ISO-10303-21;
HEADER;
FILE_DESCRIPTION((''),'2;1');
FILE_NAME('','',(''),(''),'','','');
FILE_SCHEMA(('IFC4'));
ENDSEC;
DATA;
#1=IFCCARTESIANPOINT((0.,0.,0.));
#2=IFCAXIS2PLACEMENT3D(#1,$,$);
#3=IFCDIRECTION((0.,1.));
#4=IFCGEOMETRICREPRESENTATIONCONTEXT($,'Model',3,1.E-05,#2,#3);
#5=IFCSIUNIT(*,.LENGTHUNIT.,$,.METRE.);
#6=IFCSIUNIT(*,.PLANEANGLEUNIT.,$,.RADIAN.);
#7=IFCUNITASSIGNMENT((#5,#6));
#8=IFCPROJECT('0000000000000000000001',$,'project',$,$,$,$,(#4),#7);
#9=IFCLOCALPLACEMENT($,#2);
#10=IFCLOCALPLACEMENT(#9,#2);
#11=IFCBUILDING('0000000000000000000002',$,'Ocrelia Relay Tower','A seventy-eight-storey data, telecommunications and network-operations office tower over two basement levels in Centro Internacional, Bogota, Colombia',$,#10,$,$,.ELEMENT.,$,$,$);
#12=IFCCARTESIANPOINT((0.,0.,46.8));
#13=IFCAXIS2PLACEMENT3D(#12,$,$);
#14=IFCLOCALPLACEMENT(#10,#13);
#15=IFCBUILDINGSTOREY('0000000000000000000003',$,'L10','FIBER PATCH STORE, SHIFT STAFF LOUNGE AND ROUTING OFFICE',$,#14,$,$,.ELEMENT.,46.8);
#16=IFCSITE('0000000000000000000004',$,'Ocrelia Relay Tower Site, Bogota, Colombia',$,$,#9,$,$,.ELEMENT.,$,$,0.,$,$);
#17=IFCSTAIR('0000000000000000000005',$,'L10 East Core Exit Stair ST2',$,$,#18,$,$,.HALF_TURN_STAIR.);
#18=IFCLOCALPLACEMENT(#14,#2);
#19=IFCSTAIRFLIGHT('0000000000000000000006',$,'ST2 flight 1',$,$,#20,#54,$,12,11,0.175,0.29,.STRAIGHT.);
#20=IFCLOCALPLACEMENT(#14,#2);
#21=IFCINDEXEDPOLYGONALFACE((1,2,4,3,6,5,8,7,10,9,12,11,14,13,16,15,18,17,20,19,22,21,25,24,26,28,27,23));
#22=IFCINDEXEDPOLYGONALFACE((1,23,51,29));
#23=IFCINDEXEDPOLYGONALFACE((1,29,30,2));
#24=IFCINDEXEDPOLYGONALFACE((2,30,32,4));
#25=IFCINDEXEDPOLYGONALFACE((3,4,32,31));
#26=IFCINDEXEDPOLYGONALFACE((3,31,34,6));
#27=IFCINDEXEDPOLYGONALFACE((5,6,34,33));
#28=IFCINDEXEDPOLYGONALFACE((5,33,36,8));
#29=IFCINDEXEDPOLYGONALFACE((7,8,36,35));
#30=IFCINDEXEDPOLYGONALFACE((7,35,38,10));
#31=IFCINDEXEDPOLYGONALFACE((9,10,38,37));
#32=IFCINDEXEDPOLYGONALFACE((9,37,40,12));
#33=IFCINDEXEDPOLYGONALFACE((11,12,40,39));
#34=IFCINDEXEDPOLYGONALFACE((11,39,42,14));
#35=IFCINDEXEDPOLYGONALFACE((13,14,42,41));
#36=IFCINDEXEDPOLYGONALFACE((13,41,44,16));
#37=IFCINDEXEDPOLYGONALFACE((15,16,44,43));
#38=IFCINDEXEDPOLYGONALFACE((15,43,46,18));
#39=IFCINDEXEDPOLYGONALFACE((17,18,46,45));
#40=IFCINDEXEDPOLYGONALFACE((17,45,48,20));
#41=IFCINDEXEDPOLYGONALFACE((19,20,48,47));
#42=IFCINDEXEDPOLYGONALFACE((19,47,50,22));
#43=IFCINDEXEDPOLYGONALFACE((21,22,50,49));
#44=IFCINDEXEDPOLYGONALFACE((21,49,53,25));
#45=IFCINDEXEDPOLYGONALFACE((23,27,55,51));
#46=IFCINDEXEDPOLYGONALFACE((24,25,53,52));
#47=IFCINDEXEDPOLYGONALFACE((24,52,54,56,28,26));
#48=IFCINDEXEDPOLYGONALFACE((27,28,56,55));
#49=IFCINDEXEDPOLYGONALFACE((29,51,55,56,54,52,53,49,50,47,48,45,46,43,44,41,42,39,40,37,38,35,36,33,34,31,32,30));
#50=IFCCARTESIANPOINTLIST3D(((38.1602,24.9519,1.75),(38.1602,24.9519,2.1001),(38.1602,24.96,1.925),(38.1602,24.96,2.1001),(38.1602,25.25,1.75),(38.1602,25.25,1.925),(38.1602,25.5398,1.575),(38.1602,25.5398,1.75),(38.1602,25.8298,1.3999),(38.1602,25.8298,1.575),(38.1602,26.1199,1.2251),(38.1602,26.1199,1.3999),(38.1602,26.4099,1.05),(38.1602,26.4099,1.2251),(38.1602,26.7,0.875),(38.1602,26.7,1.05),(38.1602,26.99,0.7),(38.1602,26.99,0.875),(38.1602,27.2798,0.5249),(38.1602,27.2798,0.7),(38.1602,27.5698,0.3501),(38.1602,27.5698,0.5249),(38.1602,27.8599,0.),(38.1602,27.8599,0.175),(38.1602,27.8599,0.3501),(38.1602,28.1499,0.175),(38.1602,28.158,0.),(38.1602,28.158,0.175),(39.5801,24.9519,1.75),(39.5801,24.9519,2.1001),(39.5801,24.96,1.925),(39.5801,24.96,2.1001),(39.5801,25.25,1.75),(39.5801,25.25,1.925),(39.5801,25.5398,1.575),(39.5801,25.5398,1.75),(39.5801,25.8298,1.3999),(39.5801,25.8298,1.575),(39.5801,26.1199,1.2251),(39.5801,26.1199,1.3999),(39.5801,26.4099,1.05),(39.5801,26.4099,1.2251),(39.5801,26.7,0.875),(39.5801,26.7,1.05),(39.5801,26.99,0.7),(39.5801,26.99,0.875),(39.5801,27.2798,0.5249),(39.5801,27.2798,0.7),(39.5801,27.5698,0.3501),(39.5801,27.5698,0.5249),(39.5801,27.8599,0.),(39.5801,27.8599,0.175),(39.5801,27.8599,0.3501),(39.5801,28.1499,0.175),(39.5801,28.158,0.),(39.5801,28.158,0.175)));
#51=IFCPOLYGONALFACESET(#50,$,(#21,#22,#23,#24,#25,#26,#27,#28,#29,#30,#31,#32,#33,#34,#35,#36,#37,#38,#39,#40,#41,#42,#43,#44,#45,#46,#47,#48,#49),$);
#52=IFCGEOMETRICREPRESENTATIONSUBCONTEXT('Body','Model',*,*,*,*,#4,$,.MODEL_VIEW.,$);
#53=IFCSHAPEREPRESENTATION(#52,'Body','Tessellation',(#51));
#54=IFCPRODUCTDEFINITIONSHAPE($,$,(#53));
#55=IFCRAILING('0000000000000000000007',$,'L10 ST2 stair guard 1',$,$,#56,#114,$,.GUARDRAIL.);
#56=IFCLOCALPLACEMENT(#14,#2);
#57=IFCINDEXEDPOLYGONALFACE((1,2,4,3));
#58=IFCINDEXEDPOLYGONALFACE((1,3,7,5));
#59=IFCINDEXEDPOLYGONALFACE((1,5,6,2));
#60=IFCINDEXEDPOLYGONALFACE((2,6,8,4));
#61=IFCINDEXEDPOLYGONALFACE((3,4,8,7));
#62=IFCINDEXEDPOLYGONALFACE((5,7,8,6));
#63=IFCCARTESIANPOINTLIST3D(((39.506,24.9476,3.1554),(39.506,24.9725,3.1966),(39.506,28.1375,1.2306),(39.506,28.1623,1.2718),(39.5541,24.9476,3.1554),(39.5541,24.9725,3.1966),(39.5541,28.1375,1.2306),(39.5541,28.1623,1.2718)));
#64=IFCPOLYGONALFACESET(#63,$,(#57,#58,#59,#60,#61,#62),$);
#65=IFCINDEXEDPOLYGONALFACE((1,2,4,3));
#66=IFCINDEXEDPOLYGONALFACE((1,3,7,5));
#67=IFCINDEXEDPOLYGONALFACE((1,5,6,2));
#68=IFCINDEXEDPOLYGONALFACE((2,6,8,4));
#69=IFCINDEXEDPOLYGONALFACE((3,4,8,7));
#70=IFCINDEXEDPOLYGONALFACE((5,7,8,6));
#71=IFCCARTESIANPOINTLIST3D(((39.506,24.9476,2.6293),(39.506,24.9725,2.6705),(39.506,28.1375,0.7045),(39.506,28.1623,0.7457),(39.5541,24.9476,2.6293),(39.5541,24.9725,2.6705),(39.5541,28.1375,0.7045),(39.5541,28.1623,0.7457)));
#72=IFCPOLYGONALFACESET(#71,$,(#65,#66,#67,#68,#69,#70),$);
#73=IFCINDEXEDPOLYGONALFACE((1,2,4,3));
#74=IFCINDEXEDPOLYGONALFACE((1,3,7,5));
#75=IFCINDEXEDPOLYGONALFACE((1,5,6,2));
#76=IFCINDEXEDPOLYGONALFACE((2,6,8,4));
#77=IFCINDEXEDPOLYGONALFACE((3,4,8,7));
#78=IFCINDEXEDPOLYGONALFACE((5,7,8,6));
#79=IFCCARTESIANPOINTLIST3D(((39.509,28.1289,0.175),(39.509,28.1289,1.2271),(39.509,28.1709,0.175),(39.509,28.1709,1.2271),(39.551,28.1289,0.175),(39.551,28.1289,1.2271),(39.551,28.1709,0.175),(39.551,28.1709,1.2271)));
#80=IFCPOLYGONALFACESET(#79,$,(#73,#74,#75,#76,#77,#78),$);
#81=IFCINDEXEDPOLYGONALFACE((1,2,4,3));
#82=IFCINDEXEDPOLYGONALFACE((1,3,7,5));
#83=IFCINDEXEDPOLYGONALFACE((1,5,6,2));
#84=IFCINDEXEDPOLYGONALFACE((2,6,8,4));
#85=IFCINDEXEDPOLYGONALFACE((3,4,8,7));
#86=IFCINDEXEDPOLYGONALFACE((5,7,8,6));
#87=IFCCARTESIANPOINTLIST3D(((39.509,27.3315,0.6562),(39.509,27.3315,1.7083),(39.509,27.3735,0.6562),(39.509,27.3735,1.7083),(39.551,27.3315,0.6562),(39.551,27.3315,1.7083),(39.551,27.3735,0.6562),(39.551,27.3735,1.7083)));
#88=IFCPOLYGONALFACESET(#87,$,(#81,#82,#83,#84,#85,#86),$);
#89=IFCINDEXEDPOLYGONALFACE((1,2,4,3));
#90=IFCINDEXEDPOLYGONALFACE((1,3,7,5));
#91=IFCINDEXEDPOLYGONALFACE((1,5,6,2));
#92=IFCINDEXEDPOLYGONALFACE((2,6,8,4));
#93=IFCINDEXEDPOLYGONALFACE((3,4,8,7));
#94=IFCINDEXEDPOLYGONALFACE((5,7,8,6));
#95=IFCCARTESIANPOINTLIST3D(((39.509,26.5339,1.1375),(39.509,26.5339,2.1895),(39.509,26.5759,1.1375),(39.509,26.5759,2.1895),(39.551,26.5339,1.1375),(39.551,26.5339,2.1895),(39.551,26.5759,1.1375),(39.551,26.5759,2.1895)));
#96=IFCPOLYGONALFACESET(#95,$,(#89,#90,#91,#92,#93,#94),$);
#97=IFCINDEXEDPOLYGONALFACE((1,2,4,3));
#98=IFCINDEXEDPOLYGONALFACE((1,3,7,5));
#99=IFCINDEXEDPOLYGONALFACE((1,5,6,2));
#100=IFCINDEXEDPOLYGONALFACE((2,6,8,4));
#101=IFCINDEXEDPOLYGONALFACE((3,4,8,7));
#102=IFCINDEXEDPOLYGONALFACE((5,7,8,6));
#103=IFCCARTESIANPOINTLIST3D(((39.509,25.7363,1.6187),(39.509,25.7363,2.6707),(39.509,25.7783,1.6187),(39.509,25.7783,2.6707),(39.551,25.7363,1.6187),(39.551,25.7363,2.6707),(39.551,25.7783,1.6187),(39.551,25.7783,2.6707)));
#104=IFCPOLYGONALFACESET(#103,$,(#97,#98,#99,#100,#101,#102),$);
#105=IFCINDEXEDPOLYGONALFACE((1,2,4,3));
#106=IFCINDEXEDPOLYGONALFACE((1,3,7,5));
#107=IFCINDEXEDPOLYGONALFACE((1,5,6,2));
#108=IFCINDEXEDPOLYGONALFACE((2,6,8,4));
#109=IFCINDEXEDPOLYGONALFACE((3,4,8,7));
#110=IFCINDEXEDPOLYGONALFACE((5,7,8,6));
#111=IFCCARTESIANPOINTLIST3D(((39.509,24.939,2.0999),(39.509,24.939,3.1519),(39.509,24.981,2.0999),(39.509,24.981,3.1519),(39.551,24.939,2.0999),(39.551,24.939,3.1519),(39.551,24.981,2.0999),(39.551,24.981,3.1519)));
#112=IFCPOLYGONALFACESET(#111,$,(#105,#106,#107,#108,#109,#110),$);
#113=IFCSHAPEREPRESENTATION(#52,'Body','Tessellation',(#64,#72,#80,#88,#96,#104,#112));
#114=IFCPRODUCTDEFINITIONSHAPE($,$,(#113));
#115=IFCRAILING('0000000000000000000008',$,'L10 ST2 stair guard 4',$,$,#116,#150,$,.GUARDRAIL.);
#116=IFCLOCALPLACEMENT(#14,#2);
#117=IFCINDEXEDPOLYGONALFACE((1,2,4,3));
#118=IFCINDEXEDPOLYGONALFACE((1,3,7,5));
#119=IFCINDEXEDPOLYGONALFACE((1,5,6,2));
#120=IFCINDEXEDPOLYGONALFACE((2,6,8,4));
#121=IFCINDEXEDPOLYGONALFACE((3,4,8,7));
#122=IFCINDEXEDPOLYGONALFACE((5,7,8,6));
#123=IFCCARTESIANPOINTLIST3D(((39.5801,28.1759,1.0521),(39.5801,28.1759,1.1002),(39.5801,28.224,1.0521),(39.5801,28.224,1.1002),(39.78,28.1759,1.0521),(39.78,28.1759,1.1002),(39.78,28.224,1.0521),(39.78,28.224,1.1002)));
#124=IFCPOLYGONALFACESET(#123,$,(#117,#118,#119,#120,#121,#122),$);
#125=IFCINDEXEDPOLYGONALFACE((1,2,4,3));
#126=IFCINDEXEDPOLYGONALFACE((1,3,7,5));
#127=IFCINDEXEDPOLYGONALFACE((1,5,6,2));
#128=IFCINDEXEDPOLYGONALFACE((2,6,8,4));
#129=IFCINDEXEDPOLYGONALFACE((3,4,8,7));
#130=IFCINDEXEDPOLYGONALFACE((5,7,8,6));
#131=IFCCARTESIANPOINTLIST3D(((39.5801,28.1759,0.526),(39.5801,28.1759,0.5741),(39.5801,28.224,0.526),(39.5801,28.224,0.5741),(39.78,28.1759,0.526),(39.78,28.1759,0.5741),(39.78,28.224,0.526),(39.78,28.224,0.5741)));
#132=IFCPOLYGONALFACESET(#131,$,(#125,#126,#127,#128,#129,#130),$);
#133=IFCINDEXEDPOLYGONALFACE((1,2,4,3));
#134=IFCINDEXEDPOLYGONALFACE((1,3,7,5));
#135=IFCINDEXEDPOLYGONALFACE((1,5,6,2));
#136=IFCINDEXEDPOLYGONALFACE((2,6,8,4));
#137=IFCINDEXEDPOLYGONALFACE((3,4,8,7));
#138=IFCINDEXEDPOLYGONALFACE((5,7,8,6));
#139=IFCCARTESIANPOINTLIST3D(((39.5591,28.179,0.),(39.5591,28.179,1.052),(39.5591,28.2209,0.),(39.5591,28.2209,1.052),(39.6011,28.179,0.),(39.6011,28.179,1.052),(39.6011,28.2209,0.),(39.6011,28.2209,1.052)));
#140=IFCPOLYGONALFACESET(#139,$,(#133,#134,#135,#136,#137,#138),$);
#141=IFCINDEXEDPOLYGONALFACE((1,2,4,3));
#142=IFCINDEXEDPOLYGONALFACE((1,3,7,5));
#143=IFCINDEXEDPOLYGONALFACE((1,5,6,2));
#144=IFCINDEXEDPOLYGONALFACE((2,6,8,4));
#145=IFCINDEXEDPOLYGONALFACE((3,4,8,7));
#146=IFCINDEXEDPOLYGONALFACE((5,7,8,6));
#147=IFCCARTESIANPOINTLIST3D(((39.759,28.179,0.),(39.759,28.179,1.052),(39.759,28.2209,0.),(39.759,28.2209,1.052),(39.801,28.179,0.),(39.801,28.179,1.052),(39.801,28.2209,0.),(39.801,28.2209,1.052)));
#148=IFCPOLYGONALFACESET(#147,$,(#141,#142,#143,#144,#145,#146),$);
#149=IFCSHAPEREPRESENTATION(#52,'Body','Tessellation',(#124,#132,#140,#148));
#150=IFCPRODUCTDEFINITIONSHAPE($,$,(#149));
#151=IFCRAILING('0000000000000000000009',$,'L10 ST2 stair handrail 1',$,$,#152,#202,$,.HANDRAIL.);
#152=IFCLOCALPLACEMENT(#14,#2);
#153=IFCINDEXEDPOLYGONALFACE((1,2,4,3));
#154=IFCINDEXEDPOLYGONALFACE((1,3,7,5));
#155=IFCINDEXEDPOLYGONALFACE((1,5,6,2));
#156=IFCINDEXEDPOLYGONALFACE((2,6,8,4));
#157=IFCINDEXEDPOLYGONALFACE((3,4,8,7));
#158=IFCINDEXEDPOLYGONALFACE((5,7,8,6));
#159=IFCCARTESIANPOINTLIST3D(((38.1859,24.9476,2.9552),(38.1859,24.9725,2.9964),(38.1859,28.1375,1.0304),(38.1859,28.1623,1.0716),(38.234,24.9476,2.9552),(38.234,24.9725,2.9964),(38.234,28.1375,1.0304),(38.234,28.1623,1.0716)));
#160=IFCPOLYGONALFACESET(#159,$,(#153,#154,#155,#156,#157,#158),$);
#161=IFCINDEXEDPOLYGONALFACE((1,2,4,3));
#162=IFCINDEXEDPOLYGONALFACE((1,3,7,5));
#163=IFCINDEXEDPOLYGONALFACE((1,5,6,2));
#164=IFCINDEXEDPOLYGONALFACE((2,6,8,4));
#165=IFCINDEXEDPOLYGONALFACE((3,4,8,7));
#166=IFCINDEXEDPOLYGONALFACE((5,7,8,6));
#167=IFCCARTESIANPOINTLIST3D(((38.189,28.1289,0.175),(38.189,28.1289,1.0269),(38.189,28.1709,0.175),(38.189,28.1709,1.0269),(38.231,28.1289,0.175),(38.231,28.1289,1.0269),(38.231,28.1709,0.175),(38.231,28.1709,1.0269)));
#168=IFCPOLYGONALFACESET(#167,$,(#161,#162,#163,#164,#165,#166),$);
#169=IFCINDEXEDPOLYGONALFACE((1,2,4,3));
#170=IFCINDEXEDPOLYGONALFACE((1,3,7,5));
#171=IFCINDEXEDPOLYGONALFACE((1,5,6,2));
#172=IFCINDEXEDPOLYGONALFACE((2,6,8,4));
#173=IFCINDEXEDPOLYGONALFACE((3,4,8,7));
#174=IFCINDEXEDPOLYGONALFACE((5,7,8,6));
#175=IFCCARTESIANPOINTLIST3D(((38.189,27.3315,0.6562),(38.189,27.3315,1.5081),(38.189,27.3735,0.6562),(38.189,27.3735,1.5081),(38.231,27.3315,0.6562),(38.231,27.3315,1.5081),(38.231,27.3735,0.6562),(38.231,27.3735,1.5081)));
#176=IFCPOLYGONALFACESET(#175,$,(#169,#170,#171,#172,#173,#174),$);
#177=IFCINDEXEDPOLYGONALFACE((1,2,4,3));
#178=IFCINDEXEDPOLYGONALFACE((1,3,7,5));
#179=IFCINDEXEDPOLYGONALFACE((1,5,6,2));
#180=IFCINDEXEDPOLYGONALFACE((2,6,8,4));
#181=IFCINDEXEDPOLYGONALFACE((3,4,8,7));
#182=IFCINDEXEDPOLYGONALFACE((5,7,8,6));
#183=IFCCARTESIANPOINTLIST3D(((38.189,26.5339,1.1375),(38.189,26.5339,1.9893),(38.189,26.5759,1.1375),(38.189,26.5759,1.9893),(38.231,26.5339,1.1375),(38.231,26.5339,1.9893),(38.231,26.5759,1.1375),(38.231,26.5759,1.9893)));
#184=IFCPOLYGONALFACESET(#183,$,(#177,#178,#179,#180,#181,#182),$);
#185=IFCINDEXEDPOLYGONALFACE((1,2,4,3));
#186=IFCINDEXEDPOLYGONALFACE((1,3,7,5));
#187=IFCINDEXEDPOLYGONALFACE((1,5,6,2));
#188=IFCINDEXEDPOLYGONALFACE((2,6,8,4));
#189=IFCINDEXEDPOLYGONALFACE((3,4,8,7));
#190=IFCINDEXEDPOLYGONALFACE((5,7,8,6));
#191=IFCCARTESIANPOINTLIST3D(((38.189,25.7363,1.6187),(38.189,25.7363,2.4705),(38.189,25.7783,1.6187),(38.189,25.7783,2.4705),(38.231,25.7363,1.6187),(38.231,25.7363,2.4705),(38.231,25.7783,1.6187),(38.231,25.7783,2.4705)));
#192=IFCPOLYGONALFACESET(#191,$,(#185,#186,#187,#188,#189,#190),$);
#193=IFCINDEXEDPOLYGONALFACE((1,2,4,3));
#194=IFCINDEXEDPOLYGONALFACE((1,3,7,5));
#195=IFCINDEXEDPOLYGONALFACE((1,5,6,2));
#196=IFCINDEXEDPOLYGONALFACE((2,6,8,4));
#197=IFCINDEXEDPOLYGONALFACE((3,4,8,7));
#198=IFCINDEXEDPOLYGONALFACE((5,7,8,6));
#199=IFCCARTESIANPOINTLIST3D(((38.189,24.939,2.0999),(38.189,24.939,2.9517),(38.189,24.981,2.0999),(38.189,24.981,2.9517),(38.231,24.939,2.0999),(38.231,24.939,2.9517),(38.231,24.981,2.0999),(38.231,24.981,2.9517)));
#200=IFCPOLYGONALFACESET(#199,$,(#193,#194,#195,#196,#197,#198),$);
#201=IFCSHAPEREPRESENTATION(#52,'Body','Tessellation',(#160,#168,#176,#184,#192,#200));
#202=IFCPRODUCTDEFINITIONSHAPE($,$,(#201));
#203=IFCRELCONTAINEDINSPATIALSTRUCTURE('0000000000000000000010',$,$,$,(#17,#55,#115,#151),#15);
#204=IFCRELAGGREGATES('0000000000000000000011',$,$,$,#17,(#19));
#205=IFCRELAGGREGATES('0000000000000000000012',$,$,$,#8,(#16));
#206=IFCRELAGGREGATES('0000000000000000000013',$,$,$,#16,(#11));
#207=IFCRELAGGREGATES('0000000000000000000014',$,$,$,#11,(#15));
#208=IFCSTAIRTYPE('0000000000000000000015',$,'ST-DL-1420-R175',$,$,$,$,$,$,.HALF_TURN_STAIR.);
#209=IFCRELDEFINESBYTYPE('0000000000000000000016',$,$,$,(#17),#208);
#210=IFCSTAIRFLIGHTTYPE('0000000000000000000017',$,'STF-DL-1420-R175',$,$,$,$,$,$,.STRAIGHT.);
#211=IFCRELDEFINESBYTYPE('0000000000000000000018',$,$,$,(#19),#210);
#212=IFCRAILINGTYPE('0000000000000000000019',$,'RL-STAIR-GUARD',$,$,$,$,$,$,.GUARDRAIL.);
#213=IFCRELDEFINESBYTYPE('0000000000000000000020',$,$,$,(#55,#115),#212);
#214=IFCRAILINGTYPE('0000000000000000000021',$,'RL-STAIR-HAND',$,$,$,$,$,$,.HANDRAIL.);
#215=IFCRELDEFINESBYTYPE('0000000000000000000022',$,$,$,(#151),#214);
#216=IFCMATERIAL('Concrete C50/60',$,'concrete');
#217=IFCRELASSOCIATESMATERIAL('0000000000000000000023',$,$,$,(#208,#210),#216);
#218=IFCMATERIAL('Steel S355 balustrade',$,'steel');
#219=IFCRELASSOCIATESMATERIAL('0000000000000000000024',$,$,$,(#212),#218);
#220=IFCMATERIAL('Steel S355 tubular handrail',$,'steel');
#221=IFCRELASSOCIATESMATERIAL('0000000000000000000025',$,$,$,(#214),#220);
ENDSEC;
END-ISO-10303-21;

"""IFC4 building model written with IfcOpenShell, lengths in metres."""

from ifc_helpers import new_model, si_unit, direction, frame, origin, origin_2d, place, context, subcontext, project, spatial, polyline, rectangle, outline, extrude, material, type_object, element, aggregate, save


model = new_model("IFC4")

# Units and contexts
model_context = context("Model", 3, precision=1e-05, world=origin(), true_north=direction((0.0, 1.0)))
body_context = subcontext(model_context, "Body", "Model", "MODEL_VIEW")
ifc_project = project(units=[si_unit("LENGTHUNIT", "METRE"), si_unit("PLANEANGLEUNIT", "RADIAN")], contexts=[model_context])

# Site, building, storey
site_placement = place(None, origin())
site = spatial("IfcSite", under=ifc_project, at=site_placement, Name="Ocrelia Relay Tower Site, Bogota, Colombia", CompositionType="ELEMENT", RefElevation=0.0)
building_placement = place(site_placement, origin())
building = spatial("IfcBuilding", under=site, at=building_placement, Name="Ocrelia Relay Tower", Description="A seventy-eight-storey data, telecommunications and network-operations office tower over two basement levels in Centro Internacional, Bogota, Colombia", CompositionType="ELEMENT")
storey_placement = place(building_placement, frame((0.0, 0.0, 46.8)))
storey = spatial("IfcBuildingStorey", under=building, at=storey_placement, Name="L10", Description="FIBER PATCH STORE, SHIFT STAFF LOUNGE AND ROUTING OFFICE", CompositionType="ELEMENT", Elevation=46.8)

# Shared definitions
ifc_material_1 = material(Name="Concrete C50/60", Category="concrete")

# Stair, stair flight
stair_type = type_object("IfcStairType", Name="ST-DL-1420-R175", PredefinedType="HALF_TURN_STAIR", material=ifc_material_1)
stair_placement = place(storey_placement, origin())
stair = element("IfcStair", 1, at=stair_placement, inside=storey, type_object=stair_type, Name="L10 East Core Exit Stair ST2", PredefinedType="HALF_TURN_STAIR")
stair_flight_type = type_object("IfcStairFlightType", Name="STF-DL-1420-R175", PredefinedType="STRAIGHT", material=ifc_material_1)
stair_flight_placement = place(storey_placement, frame((38.8701, 28.1499, 0.0), z_axis=(0.0, 0.0, 1.0), x_axis=(0.0, -1.0, 0.0)))
stair_flight = element("IfcStairFlight", 2, at=stair_flight_placement, type_object=stair_flight_type, Name="ST2 flight 1", NumberOfRisers=12, NumberOfTreads=11, PredefinedType="STRAIGHT", RiserHeight=0.175, TreadLength=0.29, context=body_context, shape_type="SweptSolid", body=[
    extrude(outline(polyline([(-0.0081, 0.0), (-0.0081, 0.175), (0.0, 0.175), (0.29, 0.175), (0.29, 0.3501), (0.5801, 0.3501), (0.5801, 0.5249), (0.8701, 0.5249), (0.8701, 0.7), (1.1599, 0.7), (1.1599, 0.875), (1.45, 0.875), (1.45, 1.05), (1.74, 1.05), (1.74, 1.2251), (2.03, 1.2251), (2.03, 1.3999), (2.3201, 1.3999), (2.3201, 1.575), (2.6101, 1.575), (2.6101, 1.75), (2.8999, 1.75), (2.8999, 1.925), (3.1899, 1.925), (3.1899, 2.1001), (3.198, 2.1001), (3.198, 1.75), (0.29, 0.0), (-0.0081, 0.0)])), frame((0.0, 0.71, 0.0), z_axis=(0.0, -1.0, 0.0), x_axis=(1.0, 0.0, 0.0)), (0.0, 0.0, 1.0), 1.4199),
])
aggregate(stair, [stair_flight])

# Railings
ifc_material_2 = material(Name="Steel S355 balustrade", Category="steel")
railing_type_1 = type_object("IfcRailingType", Name="RL-STAIR-GUARD", PredefinedType="GUARDRAIL", material=ifc_material_2)
railing_1_placement = place(storey_placement, frame((39.53, 28.1499, 0.175)))
element("IfcRailing", 3, at=railing_1_placement, inside=storey, type_object=railing_type_1, Name="L10 ST2 stair guard 1", PredefinedType="GUARDRAIL", context=body_context, shape_type="SweptSolid", body=[
    extrude(rectangle(XDim=0.0481, YDim=0.0481, at=origin_2d()), frame((0.0, 0.0, 1.0762), z_axis=(0.0, -0.856207, 0.516633), x_axis=(1.0, 0.0, 0.0)), (0.0, 0.0, 1.0), 3.7256),
    extrude(rectangle(XDim=0.0481, YDim=0.0481, at=origin_2d()), frame((0.0, 0.0, 0.55), z_axis=(0.0, -0.856207, 0.516633), x_axis=(1.0, 0.0, 0.0)), (0.0, 0.0, 1.0), 3.7256),
    extrude(rectangle(XDim=0.042, YDim=0.042, at=origin_2d()), origin(), (0.0, 0.0, 1.0), 1.052),
    extrude(rectangle(XDim=0.042, YDim=0.042, at=origin_2d()), frame((0.0, -0.7974, 0.4812)), (0.0, 0.0, 1.0), 1.052),
    extrude(rectangle(XDim=0.042, YDim=0.042, at=origin_2d()), frame((0.0, -1.595, 0.9624)), (0.0, 0.0, 1.0), 1.052),
    extrude(rectangle(XDim=0.042, YDim=0.042, at=origin_2d()), frame((0.0, -2.3926, 1.4436)), (0.0, 0.0, 1.0), 1.052),
    extrude(rectangle(XDim=0.042, YDim=0.042, at=origin_2d()), frame((0.0, -3.1899, 1.9248)), (0.0, 0.0, 1.0), 1.052),
])
railing_2_placement = place(storey_placement, frame((39.5801, 28.2, 0.0)))
element("IfcRailing", 4, at=railing_2_placement, inside=storey, type_object=railing_type_1, Name="L10 ST2 stair guard 4", PredefinedType="GUARDRAIL", context=body_context, shape_type="SweptSolid", body=[
    extrude(rectangle(XDim=0.0481, YDim=0.0481, at=origin_2d()), frame((0.0, 0.0, 1.0762), z_axis=(1.0, 0.0, 0.0), x_axis=(0.0, 1.0, 0.0)), (0.0, 0.0, 1.0), 0.2),
    extrude(rectangle(XDim=0.0481, YDim=0.0481, at=origin_2d()), frame((0.0, 0.0, 0.55), z_axis=(1.0, 0.0, 0.0), x_axis=(0.0, 1.0, 0.0)), (0.0, 0.0, 1.0), 0.2),
    extrude(rectangle(XDim=0.042, YDim=0.042, at=origin_2d()), origin(), (0.0, 0.0, 1.0), 1.052),
    extrude(rectangle(XDim=0.042, YDim=0.042, at=origin_2d()), frame((0.2, 0.0, 0.0)), (0.0, 0.0, 1.0), 1.052),
])
ifc_material_3 = material(Name="Steel S355 tubular handrail", Category="steel")
railing_type_2 = type_object("IfcRailingType", Name="RL-STAIR-HAND", PredefinedType="HANDRAIL", material=ifc_material_3)
railing_3_placement = place(storey_placement, frame((38.21, 28.1499, 0.175)))
element("IfcRailing", 5, at=railing_3_placement, inside=storey, type_object=railing_type_2, Name="L10 ST2 stair handrail 1", PredefinedType="HANDRAIL", context=body_context, shape_type="SweptSolid", body=[
    extrude(rectangle(XDim=0.0481, YDim=0.0481, at=origin_2d()), frame((0.0, 0.0, 0.876), z_axis=(0.0, -0.856207, 0.516633), x_axis=(1.0, 0.0, 0.0)), (0.0, 0.0, 1.0), 3.7256),
    extrude(rectangle(XDim=0.042, YDim=0.042, at=origin_2d()), origin(), (0.0, 0.0, 1.0), 0.8518),
    extrude(rectangle(XDim=0.042, YDim=0.042, at=origin_2d()), frame((0.0, -0.7974, 0.4812)), (0.0, 0.0, 1.0), 0.8518),
    extrude(rectangle(XDim=0.042, YDim=0.042, at=origin_2d()), frame((0.0, -1.595, 0.9624)), (0.0, 0.0, 1.0), 0.8518),
    extrude(rectangle(XDim=0.042, YDim=0.042, at=origin_2d()), frame((0.0, -2.3926, 1.4436)), (0.0, 0.0, 1.0), 0.8518),
    extrude(rectangle(XDim=0.042, YDim=0.042, at=origin_2d()), frame((0.0, -3.1899, 1.9248)), (0.0, 0.0, 1.0), 0.8518),
])

save(model, "model.ifc")
